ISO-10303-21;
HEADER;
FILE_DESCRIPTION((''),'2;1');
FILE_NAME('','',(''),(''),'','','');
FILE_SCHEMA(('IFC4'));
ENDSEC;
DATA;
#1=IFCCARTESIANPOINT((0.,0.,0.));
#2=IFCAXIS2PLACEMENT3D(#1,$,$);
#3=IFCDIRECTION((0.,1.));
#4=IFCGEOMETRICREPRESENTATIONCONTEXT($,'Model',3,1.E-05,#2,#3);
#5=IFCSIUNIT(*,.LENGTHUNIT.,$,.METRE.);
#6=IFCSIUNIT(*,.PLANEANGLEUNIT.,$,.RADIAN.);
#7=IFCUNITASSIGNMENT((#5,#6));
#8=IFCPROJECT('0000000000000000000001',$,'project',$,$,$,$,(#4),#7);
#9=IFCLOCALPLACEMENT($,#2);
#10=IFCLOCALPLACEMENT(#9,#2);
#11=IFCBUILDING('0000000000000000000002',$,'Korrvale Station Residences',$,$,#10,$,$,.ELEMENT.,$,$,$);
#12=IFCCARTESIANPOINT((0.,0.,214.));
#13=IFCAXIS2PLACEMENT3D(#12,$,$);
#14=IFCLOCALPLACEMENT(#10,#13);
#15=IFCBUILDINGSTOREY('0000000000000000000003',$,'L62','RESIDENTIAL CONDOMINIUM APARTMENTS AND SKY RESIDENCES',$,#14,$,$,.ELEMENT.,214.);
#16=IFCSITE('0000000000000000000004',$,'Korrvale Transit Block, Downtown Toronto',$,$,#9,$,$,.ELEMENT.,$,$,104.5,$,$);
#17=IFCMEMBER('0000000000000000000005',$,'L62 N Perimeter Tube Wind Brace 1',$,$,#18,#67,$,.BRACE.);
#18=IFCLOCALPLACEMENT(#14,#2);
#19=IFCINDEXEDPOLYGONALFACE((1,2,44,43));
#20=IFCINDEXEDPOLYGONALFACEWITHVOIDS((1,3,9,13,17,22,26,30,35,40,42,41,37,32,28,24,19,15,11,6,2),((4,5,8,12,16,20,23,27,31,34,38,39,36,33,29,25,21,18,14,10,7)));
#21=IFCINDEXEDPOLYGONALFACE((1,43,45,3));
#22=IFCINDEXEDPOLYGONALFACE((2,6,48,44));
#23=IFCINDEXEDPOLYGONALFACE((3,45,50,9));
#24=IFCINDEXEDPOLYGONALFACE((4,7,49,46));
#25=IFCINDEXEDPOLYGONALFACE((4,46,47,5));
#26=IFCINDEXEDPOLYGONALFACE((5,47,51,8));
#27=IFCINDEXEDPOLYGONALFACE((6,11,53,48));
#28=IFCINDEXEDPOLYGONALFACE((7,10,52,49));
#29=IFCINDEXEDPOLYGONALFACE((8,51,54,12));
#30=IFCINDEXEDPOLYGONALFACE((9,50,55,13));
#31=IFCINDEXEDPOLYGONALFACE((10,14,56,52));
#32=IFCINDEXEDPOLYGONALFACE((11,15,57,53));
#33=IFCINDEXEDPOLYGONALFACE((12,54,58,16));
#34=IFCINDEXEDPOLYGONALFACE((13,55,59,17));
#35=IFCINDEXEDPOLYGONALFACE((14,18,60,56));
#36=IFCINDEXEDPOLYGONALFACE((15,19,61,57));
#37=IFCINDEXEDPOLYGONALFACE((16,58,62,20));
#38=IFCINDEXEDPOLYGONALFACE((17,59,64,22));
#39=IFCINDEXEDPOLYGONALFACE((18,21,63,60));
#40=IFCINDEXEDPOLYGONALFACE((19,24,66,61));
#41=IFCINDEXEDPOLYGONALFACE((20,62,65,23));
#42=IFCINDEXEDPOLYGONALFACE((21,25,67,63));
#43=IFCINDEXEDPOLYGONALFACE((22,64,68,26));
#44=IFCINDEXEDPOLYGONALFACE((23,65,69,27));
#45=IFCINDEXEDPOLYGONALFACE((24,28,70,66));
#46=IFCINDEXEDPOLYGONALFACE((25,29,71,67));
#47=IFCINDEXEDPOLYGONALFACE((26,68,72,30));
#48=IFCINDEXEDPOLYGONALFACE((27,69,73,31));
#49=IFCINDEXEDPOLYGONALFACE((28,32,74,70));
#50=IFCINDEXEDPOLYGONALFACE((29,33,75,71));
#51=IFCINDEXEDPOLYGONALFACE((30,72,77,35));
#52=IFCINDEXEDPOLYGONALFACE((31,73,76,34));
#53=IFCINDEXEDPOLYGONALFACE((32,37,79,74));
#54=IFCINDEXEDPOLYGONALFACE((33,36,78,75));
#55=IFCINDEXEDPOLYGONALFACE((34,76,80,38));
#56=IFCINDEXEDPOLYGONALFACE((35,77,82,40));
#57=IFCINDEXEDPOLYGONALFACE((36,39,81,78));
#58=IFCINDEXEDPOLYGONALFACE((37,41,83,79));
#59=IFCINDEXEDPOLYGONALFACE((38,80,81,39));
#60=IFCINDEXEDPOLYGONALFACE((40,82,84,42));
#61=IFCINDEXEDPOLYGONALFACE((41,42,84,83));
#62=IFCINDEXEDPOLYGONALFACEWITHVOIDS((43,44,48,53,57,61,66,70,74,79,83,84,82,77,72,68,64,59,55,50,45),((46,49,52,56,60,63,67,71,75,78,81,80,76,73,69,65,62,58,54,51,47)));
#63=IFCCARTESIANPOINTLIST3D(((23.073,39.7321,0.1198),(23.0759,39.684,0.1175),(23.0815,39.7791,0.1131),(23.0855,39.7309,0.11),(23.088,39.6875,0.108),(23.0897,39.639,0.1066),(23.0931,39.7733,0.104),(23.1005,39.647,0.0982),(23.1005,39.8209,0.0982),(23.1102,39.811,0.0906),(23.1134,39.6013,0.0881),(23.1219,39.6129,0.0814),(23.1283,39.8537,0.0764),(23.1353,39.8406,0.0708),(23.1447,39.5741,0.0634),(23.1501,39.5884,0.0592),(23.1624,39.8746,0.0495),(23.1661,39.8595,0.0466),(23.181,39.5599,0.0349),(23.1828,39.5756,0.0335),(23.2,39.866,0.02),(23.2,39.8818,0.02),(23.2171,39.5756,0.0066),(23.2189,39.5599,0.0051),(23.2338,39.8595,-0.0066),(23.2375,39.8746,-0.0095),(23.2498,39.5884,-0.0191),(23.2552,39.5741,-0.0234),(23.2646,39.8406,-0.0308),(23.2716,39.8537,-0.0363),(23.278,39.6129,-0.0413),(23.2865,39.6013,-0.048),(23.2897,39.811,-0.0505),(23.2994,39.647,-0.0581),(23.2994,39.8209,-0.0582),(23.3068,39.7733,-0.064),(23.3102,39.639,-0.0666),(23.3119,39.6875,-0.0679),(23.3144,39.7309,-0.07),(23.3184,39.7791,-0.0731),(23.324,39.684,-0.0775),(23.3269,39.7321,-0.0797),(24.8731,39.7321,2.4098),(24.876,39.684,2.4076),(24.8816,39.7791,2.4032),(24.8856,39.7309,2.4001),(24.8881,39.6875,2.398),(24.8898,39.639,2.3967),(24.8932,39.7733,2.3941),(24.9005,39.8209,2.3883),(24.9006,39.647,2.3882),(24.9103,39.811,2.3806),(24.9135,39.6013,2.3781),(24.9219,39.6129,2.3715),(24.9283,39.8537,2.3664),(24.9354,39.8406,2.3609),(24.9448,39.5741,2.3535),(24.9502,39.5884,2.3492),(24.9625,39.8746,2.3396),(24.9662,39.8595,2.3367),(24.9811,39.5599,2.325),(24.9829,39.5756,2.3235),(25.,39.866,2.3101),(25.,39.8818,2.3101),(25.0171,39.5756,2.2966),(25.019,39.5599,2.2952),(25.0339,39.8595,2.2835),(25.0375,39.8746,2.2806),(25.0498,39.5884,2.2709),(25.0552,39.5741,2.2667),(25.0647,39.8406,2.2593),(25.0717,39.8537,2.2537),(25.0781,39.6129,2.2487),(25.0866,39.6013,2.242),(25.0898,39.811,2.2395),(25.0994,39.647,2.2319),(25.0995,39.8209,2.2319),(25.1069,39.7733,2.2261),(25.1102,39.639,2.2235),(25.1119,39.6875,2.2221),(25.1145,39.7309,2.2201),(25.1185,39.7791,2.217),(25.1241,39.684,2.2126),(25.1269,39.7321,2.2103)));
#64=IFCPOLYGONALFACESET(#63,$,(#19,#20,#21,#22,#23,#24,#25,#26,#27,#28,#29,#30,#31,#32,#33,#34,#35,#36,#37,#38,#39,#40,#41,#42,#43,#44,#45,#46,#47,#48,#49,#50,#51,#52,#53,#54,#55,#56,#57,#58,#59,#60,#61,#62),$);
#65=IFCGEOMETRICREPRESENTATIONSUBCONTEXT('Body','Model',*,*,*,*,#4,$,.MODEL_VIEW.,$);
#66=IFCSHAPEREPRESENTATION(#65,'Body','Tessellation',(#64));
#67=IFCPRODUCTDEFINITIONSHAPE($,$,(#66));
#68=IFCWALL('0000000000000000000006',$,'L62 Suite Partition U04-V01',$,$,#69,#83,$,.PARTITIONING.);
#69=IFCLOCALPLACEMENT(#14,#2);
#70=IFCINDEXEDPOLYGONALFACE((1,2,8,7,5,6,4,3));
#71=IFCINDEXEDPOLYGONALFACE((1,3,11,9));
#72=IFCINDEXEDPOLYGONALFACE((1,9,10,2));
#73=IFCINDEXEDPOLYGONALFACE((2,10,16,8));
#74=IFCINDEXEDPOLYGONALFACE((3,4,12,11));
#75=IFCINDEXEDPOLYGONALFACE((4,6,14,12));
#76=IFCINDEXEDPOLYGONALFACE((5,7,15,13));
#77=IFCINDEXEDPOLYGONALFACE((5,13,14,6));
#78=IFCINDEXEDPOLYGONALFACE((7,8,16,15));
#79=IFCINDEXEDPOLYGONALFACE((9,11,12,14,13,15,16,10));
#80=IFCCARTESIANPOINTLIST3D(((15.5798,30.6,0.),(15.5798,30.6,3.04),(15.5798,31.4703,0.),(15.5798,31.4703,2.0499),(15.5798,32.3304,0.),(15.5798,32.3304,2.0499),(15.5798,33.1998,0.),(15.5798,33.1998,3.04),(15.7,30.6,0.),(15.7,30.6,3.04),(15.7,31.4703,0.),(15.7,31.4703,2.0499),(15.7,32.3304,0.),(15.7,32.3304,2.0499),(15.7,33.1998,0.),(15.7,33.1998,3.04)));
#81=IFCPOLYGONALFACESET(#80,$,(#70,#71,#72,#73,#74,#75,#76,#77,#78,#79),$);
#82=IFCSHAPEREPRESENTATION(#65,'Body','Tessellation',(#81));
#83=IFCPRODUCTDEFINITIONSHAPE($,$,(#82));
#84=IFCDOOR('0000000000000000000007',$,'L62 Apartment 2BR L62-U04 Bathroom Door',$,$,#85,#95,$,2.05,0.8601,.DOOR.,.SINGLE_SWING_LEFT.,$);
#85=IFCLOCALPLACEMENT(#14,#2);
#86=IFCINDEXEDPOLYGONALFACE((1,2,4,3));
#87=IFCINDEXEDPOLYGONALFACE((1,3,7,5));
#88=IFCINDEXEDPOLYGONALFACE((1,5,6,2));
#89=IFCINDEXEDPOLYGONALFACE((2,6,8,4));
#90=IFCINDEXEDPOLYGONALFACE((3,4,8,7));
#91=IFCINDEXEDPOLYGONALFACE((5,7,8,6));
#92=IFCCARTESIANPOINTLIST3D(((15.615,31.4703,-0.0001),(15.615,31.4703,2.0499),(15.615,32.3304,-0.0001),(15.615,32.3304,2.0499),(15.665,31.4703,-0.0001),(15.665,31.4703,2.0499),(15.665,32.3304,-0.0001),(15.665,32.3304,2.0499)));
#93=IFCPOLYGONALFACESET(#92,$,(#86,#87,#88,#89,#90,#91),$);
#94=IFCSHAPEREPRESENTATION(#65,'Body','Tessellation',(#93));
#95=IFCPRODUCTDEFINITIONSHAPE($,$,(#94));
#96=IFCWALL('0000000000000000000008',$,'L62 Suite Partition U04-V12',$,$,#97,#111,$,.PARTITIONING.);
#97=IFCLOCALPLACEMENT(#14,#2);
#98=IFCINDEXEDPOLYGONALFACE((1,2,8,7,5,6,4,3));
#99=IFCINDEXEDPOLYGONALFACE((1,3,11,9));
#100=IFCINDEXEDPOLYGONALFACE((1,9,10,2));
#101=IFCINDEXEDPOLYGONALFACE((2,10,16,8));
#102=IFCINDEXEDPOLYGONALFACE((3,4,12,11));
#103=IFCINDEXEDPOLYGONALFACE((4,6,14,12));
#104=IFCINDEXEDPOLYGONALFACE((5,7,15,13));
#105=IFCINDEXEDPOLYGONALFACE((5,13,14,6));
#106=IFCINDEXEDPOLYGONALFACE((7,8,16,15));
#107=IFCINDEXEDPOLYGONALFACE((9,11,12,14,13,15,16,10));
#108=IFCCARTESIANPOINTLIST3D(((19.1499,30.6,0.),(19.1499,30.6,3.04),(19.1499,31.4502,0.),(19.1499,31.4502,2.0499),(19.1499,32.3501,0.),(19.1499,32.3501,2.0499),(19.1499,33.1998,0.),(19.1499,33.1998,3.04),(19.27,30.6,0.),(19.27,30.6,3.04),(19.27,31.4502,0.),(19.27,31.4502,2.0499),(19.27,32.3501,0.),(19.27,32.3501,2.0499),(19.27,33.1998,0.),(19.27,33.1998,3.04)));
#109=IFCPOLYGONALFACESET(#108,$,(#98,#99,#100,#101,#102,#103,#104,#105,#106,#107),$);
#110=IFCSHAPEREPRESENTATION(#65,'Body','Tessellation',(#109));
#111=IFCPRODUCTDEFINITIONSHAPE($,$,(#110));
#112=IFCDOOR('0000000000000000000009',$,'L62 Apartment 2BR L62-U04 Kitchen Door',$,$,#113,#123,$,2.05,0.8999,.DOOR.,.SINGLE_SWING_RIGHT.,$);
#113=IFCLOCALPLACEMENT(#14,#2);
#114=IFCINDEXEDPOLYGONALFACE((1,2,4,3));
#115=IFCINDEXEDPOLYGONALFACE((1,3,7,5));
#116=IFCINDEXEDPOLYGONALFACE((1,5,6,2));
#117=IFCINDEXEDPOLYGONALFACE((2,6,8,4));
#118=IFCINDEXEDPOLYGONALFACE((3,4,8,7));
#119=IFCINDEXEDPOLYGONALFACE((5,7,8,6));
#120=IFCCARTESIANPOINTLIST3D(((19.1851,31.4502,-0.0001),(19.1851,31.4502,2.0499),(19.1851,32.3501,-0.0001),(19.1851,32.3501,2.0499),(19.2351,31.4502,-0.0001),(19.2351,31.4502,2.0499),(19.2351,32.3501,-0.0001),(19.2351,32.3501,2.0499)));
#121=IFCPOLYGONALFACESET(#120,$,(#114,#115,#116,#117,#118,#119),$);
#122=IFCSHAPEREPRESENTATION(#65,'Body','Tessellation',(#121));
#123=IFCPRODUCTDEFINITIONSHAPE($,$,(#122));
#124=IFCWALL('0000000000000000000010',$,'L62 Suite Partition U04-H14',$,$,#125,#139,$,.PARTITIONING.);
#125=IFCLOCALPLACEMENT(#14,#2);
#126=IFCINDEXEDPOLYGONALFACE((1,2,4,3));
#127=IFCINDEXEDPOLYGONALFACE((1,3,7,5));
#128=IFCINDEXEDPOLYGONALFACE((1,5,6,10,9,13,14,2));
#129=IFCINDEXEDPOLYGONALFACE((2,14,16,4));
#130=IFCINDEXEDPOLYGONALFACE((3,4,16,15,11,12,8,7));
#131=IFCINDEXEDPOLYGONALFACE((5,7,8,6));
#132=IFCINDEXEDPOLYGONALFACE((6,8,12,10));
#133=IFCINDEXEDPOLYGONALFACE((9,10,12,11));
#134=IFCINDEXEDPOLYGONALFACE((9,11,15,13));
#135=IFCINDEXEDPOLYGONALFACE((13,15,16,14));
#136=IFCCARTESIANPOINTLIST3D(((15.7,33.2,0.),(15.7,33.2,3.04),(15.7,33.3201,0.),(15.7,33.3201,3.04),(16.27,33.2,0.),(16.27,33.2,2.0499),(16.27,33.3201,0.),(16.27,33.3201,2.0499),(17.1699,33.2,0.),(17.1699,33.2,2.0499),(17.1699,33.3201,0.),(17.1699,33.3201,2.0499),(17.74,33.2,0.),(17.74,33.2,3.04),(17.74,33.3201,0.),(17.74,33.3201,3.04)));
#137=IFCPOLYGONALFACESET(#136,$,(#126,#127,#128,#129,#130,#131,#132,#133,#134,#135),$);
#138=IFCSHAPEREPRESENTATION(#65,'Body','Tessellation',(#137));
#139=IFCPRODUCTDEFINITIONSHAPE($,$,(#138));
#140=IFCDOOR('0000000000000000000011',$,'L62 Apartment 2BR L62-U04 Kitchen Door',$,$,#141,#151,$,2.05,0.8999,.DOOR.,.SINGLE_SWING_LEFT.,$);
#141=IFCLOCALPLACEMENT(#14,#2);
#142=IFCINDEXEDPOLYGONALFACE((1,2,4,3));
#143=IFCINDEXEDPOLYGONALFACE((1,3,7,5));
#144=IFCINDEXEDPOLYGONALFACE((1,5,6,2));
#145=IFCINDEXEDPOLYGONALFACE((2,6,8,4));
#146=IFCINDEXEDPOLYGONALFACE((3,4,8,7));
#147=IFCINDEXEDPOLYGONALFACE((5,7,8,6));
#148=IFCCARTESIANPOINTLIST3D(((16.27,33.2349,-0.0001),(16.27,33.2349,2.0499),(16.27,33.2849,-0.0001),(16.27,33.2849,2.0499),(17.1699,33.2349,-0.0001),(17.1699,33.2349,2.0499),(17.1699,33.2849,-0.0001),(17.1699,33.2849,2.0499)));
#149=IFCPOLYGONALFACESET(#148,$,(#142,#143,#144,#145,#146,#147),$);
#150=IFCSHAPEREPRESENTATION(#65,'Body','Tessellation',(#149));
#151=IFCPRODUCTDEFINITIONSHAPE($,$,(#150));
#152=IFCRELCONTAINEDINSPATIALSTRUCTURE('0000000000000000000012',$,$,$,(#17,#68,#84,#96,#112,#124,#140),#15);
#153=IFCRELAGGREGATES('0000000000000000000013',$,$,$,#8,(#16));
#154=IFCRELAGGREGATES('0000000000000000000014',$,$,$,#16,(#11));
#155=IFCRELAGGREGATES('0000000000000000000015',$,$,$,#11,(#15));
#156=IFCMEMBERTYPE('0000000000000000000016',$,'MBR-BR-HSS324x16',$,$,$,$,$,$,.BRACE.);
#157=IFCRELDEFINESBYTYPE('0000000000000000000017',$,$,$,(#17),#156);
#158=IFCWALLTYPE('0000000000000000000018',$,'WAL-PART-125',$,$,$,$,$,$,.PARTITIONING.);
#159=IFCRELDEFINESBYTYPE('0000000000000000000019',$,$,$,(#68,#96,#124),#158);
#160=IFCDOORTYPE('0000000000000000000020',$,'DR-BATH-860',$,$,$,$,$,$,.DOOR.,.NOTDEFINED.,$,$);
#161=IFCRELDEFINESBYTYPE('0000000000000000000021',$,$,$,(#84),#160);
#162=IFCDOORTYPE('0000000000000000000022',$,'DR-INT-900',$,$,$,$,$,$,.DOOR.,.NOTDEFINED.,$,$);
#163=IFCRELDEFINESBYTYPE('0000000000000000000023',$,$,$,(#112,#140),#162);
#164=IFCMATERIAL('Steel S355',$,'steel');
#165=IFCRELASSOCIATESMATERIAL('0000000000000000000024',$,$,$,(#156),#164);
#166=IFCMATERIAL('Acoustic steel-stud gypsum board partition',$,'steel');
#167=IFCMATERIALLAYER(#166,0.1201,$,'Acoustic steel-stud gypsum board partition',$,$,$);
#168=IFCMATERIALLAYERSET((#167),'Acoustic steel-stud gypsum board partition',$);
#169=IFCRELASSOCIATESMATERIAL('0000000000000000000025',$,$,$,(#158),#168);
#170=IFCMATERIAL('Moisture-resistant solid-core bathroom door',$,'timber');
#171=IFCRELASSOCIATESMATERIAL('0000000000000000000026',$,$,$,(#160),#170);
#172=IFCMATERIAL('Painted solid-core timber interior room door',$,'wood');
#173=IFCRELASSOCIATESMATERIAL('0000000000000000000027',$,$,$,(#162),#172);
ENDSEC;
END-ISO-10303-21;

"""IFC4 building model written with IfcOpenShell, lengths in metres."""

from ifc_helpers import new_model, si_unit, direction, frame, frame_2d, origin, origin_2d, place, context, subcontext, project, spatial, rectangle, hollow_circle, extrude, material, layer, layer_set, material_profile, profile_set, type_object, element, fill, save


model = new_model("IFC4")

# Units and contexts
model_context = context("Model", 3, precision=1e-05, world=origin(), true_north=direction((0.0, 1.0)))
body_context = subcontext(model_context, "Body", "Model", "MODEL_VIEW")
ifc_project = project(units=[si_unit("LENGTHUNIT", "METRE"), si_unit("PLANEANGLEUNIT", "RADIAN")], contexts=[model_context])

# Site, building, storey
site_placement = place(None, origin())
site = spatial("IfcSite", under=ifc_project, at=site_placement, Name="Korrvale Transit Block, Downtown Toronto", CompositionType="ELEMENT", RefElevation=104.5)
building_placement = place(site_placement, origin())
building = spatial("IfcBuilding", under=site, at=building_placement, Name="Korrvale Station Residences", CompositionType="ELEMENT")
storey_placement = place(building_placement, frame((0.0, 0.0, 214.0)))
storey = spatial("IfcBuildingStorey", under=building, at=storey_placement, Name="L62", Description="RESIDENTIAL CONDOMINIUM APARTMENTS AND SKY RESIDENCES", CompositionType="ELEMENT", Elevation=214.0)

# Shared definitions
ifc_material_1 = material(Name="Steel S355", Category="steel")

# Member
ifc_material_profile_1 = material_profile(ifc_material_1, hollow_circle(Radius=0.1619, WallThickness=0.0159, at=origin_2d()), Name="HSS324x16")
ifc_profile_set_1 = profile_set([ifc_material_profile_1], Name="Steel S355")
member_type = type_object("IfcMemberType", Name="MBR-BR-HSS324x16", PredefinedType="BRACE", material=ifc_profile_set_1)
member_placement = place(storey_placement, frame((23.2, 39.72, 0.02), z_axis=(0.617977, 0.0, 0.786196), x_axis=(0.0, 1.0, 0.0)))
element("IfcMember", 1, at=member_placement, inside=storey, type_object=member_type, Name="L62 N Perimeter Tube Wind Brace 1", PredefinedType="BRACE", context=body_context, shape_type="SweptSolid", body=[
    extrude(hollow_circle(Radius=0.1619, WallThickness=0.0159, at=origin_2d()), origin(), (0.0, 0.0, 1.0), 2.9128),
])

# Walls, openings, doors
ifc_material_2 = material(Name="Acoustic steel-stud gypsum board partition", Category="steel")
ifc_layer_1 = layer(ifc_material_2, 0.1201, Name="Acoustic steel-stud gypsum board partition")
ifc_layer_set_1 = layer_set([ifc_layer_1], Name="Acoustic steel-stud gypsum board partition")
wall_type_1 = type_object("IfcWallType", Name="WAL-PART-125", PredefinedType="PARTITIONING", material=ifc_layer_set_1)
wall_1_placement = place(storey_placement, frame((15.6399, 30.6001, 0.0), z_axis=(0.0, 0.0, 1.0), x_axis=(0.0, 1.0, 0.0)))
wall_1 = element("IfcWall", 2, at=wall_1_placement, inside=storey, type_object=wall_type_1, Name="L62 Suite Partition U04-V01", PredefinedType="PARTITIONING", context=body_context, shape_type="SweptSolid", body=[
    extrude(rectangle(XDim=2.5999, YDim=0.1201, at=frame_2d((1.2998, 0.0))), origin(), (0.0, 0.0, 1.0), 3.04),
])
opening_1_placement = place(wall_1_placement, frame((0.8701, 0.0, 0.0)))
opening_1 = element("IfcOpeningElement", 3, at=opening_1_placement, cuts=wall_1, PredefinedType="OPENING", context=body_context, shape_type="SweptSolid", body=[
    extrude(rectangle(XDim=0.8601, YDim=2.05, at=frame_2d((0.4302, 1.0249))), frame((0.0, 0.0701, 0.0), z_axis=(0.0, -1.0, 0.0), x_axis=(1.0, 0.0, 0.0)), (0.0, 0.0, 1.0), 0.1401),
])
ifc_material_3 = material(Name="Moisture-resistant solid-core bathroom door", Category="timber")
door_type_1 = type_object("IfcDoorType", Name="DR-BATH-860", OperationType="NOTDEFINED", PredefinedType="DOOR", material=ifc_material_3)
door_1_placement = place(opening_1_placement, origin())
door_1 = element("IfcDoor", 4, at=door_1_placement, inside=storey, type_object=door_type_1, Name="L62 Apartment 2BR L62-U04 Bathroom Door", OperationType="SINGLE_SWING_LEFT", OverallHeight=2.05, OverallWidth=0.8601, PredefinedType="DOOR", context=body_context, shape_type="SweptSolid", body=[
    extrude(rectangle(XDim=0.8601, YDim=2.05, at=frame_2d((0.4302, 1.0249))), frame((0.0, 0.0249, 0.0), z_axis=(0.0, -1.0, 0.0), x_axis=(1.0, 0.0, 0.0)), (0.0, 0.0, 1.0), 0.05),
])
fill(opening_1, door_1)
wall_2_placement = place(storey_placement, frame((19.21, 30.6001, 0.0), z_axis=(0.0, 0.0, 1.0), x_axis=(0.0, 1.0, 0.0)))
wall_2 = element("IfcWall", 5, at=wall_2_placement, inside=storey, type_object=wall_type_1, Name="L62 Suite Partition U04-V12", PredefinedType="PARTITIONING", context=body_context, shape_type="SweptSolid", body=[
    extrude(rectangle(XDim=2.5999, YDim=0.1201, at=frame_2d((1.2998, 0.0))), origin(), (0.0, 0.0, 1.0), 3.04),
])
opening_2_placement = place(wall_2_placement, frame((0.8501, 0.0, 0.0)))
opening_2 = element("IfcOpeningElement", 6, at=opening_2_placement, cuts=wall_2, PredefinedType="OPENING", context=body_context, shape_type="SweptSolid", body=[
    extrude(rectangle(XDim=0.8999, YDim=2.05, at=frame_2d((0.45, 1.0249))), frame((0.0, 0.0701, 0.0), z_axis=(0.0, -1.0, 0.0), x_axis=(1.0, 0.0, 0.0)), (0.0, 0.0, 1.0), 0.1401),
])
ifc_material_4 = material(Name="Painted solid-core timber interior room door", Category="wood")
door_type_2 = type_object("IfcDoorType", Name="DR-INT-900", OperationType="NOTDEFINED", PredefinedType="DOOR", material=ifc_material_4)
door_2_placement = place(opening_2_placement, origin())
door_2 = element("IfcDoor", 7, at=door_2_placement, inside=storey, type_object=door_type_2, Name="L62 Apartment 2BR L62-U04 Kitchen Door", OperationType="SINGLE_SWING_RIGHT", OverallHeight=2.05, OverallWidth=0.8999, PredefinedType="DOOR", context=body_context, shape_type="SweptSolid", body=[
    extrude(rectangle(XDim=0.8999, YDim=2.05, at=frame_2d((0.45, 1.0249))), frame((0.0, 0.0249, 0.0), z_axis=(0.0, -1.0, 0.0), x_axis=(1.0, 0.0, 0.0)), (0.0, 0.0, 1.0), 0.05),
])
fill(opening_2, door_2)
wall_3_placement = place(storey_placement, frame((15.7, 33.26, 0.0), z_axis=(0.0, 0.0, 1.0), x_axis=(1.0, 0.0, 0.0)))
wall_3 = element("IfcWall", 8, at=wall_3_placement, inside=storey, type_object=wall_type_1, Name="L62 Suite Partition U04-H14", PredefinedType="PARTITIONING", context=body_context, shape_type="SweptSolid", body=[
    extrude(rectangle(XDim=2.04, YDim=0.1201, at=frame_2d((1.02, 0.0))), origin(), (0.0, 0.0, 1.0), 3.04),
])
opening_3_placement = place(wall_3_placement, frame((0.5701, 0.0, 0.0)))
opening_3 = element("IfcOpeningElement", 9, at=opening_3_placement, cuts=wall_3, PredefinedType="OPENING", context=body_context, shape_type="SweptSolid", body=[
    extrude(rectangle(XDim=0.8999, YDim=2.05, at=frame_2d((0.45, 1.0249))), frame((0.0, 0.0701, 0.0), z_axis=(0.0, -1.0, 0.0), x_axis=(1.0, 0.0, 0.0)), (0.0, 0.0, 1.0), 0.1401),
])
door_3_placement = place(opening_3_placement, origin())
door_3 = element("IfcDoor", 10, at=door_3_placement, inside=storey, type_object=door_type_2, Name="L62 Apartment 2BR L62-U04 Kitchen Door", OperationType="SINGLE_SWING_LEFT", OverallHeight=2.05, OverallWidth=0.8999, PredefinedType="DOOR", context=body_context, shape_type="SweptSolid", body=[
    extrude(rectangle(XDim=0.8999, YDim=2.05, at=frame_2d((0.45, 1.0249))), frame((0.0, 0.0249, 0.0), z_axis=(0.0, -1.0, 0.0), x_axis=(1.0, 0.0, 0.0)), (0.0, 0.0, 1.0), 0.05),
])
fill(opening_3, door_3)

save(model, "model.ifc")
